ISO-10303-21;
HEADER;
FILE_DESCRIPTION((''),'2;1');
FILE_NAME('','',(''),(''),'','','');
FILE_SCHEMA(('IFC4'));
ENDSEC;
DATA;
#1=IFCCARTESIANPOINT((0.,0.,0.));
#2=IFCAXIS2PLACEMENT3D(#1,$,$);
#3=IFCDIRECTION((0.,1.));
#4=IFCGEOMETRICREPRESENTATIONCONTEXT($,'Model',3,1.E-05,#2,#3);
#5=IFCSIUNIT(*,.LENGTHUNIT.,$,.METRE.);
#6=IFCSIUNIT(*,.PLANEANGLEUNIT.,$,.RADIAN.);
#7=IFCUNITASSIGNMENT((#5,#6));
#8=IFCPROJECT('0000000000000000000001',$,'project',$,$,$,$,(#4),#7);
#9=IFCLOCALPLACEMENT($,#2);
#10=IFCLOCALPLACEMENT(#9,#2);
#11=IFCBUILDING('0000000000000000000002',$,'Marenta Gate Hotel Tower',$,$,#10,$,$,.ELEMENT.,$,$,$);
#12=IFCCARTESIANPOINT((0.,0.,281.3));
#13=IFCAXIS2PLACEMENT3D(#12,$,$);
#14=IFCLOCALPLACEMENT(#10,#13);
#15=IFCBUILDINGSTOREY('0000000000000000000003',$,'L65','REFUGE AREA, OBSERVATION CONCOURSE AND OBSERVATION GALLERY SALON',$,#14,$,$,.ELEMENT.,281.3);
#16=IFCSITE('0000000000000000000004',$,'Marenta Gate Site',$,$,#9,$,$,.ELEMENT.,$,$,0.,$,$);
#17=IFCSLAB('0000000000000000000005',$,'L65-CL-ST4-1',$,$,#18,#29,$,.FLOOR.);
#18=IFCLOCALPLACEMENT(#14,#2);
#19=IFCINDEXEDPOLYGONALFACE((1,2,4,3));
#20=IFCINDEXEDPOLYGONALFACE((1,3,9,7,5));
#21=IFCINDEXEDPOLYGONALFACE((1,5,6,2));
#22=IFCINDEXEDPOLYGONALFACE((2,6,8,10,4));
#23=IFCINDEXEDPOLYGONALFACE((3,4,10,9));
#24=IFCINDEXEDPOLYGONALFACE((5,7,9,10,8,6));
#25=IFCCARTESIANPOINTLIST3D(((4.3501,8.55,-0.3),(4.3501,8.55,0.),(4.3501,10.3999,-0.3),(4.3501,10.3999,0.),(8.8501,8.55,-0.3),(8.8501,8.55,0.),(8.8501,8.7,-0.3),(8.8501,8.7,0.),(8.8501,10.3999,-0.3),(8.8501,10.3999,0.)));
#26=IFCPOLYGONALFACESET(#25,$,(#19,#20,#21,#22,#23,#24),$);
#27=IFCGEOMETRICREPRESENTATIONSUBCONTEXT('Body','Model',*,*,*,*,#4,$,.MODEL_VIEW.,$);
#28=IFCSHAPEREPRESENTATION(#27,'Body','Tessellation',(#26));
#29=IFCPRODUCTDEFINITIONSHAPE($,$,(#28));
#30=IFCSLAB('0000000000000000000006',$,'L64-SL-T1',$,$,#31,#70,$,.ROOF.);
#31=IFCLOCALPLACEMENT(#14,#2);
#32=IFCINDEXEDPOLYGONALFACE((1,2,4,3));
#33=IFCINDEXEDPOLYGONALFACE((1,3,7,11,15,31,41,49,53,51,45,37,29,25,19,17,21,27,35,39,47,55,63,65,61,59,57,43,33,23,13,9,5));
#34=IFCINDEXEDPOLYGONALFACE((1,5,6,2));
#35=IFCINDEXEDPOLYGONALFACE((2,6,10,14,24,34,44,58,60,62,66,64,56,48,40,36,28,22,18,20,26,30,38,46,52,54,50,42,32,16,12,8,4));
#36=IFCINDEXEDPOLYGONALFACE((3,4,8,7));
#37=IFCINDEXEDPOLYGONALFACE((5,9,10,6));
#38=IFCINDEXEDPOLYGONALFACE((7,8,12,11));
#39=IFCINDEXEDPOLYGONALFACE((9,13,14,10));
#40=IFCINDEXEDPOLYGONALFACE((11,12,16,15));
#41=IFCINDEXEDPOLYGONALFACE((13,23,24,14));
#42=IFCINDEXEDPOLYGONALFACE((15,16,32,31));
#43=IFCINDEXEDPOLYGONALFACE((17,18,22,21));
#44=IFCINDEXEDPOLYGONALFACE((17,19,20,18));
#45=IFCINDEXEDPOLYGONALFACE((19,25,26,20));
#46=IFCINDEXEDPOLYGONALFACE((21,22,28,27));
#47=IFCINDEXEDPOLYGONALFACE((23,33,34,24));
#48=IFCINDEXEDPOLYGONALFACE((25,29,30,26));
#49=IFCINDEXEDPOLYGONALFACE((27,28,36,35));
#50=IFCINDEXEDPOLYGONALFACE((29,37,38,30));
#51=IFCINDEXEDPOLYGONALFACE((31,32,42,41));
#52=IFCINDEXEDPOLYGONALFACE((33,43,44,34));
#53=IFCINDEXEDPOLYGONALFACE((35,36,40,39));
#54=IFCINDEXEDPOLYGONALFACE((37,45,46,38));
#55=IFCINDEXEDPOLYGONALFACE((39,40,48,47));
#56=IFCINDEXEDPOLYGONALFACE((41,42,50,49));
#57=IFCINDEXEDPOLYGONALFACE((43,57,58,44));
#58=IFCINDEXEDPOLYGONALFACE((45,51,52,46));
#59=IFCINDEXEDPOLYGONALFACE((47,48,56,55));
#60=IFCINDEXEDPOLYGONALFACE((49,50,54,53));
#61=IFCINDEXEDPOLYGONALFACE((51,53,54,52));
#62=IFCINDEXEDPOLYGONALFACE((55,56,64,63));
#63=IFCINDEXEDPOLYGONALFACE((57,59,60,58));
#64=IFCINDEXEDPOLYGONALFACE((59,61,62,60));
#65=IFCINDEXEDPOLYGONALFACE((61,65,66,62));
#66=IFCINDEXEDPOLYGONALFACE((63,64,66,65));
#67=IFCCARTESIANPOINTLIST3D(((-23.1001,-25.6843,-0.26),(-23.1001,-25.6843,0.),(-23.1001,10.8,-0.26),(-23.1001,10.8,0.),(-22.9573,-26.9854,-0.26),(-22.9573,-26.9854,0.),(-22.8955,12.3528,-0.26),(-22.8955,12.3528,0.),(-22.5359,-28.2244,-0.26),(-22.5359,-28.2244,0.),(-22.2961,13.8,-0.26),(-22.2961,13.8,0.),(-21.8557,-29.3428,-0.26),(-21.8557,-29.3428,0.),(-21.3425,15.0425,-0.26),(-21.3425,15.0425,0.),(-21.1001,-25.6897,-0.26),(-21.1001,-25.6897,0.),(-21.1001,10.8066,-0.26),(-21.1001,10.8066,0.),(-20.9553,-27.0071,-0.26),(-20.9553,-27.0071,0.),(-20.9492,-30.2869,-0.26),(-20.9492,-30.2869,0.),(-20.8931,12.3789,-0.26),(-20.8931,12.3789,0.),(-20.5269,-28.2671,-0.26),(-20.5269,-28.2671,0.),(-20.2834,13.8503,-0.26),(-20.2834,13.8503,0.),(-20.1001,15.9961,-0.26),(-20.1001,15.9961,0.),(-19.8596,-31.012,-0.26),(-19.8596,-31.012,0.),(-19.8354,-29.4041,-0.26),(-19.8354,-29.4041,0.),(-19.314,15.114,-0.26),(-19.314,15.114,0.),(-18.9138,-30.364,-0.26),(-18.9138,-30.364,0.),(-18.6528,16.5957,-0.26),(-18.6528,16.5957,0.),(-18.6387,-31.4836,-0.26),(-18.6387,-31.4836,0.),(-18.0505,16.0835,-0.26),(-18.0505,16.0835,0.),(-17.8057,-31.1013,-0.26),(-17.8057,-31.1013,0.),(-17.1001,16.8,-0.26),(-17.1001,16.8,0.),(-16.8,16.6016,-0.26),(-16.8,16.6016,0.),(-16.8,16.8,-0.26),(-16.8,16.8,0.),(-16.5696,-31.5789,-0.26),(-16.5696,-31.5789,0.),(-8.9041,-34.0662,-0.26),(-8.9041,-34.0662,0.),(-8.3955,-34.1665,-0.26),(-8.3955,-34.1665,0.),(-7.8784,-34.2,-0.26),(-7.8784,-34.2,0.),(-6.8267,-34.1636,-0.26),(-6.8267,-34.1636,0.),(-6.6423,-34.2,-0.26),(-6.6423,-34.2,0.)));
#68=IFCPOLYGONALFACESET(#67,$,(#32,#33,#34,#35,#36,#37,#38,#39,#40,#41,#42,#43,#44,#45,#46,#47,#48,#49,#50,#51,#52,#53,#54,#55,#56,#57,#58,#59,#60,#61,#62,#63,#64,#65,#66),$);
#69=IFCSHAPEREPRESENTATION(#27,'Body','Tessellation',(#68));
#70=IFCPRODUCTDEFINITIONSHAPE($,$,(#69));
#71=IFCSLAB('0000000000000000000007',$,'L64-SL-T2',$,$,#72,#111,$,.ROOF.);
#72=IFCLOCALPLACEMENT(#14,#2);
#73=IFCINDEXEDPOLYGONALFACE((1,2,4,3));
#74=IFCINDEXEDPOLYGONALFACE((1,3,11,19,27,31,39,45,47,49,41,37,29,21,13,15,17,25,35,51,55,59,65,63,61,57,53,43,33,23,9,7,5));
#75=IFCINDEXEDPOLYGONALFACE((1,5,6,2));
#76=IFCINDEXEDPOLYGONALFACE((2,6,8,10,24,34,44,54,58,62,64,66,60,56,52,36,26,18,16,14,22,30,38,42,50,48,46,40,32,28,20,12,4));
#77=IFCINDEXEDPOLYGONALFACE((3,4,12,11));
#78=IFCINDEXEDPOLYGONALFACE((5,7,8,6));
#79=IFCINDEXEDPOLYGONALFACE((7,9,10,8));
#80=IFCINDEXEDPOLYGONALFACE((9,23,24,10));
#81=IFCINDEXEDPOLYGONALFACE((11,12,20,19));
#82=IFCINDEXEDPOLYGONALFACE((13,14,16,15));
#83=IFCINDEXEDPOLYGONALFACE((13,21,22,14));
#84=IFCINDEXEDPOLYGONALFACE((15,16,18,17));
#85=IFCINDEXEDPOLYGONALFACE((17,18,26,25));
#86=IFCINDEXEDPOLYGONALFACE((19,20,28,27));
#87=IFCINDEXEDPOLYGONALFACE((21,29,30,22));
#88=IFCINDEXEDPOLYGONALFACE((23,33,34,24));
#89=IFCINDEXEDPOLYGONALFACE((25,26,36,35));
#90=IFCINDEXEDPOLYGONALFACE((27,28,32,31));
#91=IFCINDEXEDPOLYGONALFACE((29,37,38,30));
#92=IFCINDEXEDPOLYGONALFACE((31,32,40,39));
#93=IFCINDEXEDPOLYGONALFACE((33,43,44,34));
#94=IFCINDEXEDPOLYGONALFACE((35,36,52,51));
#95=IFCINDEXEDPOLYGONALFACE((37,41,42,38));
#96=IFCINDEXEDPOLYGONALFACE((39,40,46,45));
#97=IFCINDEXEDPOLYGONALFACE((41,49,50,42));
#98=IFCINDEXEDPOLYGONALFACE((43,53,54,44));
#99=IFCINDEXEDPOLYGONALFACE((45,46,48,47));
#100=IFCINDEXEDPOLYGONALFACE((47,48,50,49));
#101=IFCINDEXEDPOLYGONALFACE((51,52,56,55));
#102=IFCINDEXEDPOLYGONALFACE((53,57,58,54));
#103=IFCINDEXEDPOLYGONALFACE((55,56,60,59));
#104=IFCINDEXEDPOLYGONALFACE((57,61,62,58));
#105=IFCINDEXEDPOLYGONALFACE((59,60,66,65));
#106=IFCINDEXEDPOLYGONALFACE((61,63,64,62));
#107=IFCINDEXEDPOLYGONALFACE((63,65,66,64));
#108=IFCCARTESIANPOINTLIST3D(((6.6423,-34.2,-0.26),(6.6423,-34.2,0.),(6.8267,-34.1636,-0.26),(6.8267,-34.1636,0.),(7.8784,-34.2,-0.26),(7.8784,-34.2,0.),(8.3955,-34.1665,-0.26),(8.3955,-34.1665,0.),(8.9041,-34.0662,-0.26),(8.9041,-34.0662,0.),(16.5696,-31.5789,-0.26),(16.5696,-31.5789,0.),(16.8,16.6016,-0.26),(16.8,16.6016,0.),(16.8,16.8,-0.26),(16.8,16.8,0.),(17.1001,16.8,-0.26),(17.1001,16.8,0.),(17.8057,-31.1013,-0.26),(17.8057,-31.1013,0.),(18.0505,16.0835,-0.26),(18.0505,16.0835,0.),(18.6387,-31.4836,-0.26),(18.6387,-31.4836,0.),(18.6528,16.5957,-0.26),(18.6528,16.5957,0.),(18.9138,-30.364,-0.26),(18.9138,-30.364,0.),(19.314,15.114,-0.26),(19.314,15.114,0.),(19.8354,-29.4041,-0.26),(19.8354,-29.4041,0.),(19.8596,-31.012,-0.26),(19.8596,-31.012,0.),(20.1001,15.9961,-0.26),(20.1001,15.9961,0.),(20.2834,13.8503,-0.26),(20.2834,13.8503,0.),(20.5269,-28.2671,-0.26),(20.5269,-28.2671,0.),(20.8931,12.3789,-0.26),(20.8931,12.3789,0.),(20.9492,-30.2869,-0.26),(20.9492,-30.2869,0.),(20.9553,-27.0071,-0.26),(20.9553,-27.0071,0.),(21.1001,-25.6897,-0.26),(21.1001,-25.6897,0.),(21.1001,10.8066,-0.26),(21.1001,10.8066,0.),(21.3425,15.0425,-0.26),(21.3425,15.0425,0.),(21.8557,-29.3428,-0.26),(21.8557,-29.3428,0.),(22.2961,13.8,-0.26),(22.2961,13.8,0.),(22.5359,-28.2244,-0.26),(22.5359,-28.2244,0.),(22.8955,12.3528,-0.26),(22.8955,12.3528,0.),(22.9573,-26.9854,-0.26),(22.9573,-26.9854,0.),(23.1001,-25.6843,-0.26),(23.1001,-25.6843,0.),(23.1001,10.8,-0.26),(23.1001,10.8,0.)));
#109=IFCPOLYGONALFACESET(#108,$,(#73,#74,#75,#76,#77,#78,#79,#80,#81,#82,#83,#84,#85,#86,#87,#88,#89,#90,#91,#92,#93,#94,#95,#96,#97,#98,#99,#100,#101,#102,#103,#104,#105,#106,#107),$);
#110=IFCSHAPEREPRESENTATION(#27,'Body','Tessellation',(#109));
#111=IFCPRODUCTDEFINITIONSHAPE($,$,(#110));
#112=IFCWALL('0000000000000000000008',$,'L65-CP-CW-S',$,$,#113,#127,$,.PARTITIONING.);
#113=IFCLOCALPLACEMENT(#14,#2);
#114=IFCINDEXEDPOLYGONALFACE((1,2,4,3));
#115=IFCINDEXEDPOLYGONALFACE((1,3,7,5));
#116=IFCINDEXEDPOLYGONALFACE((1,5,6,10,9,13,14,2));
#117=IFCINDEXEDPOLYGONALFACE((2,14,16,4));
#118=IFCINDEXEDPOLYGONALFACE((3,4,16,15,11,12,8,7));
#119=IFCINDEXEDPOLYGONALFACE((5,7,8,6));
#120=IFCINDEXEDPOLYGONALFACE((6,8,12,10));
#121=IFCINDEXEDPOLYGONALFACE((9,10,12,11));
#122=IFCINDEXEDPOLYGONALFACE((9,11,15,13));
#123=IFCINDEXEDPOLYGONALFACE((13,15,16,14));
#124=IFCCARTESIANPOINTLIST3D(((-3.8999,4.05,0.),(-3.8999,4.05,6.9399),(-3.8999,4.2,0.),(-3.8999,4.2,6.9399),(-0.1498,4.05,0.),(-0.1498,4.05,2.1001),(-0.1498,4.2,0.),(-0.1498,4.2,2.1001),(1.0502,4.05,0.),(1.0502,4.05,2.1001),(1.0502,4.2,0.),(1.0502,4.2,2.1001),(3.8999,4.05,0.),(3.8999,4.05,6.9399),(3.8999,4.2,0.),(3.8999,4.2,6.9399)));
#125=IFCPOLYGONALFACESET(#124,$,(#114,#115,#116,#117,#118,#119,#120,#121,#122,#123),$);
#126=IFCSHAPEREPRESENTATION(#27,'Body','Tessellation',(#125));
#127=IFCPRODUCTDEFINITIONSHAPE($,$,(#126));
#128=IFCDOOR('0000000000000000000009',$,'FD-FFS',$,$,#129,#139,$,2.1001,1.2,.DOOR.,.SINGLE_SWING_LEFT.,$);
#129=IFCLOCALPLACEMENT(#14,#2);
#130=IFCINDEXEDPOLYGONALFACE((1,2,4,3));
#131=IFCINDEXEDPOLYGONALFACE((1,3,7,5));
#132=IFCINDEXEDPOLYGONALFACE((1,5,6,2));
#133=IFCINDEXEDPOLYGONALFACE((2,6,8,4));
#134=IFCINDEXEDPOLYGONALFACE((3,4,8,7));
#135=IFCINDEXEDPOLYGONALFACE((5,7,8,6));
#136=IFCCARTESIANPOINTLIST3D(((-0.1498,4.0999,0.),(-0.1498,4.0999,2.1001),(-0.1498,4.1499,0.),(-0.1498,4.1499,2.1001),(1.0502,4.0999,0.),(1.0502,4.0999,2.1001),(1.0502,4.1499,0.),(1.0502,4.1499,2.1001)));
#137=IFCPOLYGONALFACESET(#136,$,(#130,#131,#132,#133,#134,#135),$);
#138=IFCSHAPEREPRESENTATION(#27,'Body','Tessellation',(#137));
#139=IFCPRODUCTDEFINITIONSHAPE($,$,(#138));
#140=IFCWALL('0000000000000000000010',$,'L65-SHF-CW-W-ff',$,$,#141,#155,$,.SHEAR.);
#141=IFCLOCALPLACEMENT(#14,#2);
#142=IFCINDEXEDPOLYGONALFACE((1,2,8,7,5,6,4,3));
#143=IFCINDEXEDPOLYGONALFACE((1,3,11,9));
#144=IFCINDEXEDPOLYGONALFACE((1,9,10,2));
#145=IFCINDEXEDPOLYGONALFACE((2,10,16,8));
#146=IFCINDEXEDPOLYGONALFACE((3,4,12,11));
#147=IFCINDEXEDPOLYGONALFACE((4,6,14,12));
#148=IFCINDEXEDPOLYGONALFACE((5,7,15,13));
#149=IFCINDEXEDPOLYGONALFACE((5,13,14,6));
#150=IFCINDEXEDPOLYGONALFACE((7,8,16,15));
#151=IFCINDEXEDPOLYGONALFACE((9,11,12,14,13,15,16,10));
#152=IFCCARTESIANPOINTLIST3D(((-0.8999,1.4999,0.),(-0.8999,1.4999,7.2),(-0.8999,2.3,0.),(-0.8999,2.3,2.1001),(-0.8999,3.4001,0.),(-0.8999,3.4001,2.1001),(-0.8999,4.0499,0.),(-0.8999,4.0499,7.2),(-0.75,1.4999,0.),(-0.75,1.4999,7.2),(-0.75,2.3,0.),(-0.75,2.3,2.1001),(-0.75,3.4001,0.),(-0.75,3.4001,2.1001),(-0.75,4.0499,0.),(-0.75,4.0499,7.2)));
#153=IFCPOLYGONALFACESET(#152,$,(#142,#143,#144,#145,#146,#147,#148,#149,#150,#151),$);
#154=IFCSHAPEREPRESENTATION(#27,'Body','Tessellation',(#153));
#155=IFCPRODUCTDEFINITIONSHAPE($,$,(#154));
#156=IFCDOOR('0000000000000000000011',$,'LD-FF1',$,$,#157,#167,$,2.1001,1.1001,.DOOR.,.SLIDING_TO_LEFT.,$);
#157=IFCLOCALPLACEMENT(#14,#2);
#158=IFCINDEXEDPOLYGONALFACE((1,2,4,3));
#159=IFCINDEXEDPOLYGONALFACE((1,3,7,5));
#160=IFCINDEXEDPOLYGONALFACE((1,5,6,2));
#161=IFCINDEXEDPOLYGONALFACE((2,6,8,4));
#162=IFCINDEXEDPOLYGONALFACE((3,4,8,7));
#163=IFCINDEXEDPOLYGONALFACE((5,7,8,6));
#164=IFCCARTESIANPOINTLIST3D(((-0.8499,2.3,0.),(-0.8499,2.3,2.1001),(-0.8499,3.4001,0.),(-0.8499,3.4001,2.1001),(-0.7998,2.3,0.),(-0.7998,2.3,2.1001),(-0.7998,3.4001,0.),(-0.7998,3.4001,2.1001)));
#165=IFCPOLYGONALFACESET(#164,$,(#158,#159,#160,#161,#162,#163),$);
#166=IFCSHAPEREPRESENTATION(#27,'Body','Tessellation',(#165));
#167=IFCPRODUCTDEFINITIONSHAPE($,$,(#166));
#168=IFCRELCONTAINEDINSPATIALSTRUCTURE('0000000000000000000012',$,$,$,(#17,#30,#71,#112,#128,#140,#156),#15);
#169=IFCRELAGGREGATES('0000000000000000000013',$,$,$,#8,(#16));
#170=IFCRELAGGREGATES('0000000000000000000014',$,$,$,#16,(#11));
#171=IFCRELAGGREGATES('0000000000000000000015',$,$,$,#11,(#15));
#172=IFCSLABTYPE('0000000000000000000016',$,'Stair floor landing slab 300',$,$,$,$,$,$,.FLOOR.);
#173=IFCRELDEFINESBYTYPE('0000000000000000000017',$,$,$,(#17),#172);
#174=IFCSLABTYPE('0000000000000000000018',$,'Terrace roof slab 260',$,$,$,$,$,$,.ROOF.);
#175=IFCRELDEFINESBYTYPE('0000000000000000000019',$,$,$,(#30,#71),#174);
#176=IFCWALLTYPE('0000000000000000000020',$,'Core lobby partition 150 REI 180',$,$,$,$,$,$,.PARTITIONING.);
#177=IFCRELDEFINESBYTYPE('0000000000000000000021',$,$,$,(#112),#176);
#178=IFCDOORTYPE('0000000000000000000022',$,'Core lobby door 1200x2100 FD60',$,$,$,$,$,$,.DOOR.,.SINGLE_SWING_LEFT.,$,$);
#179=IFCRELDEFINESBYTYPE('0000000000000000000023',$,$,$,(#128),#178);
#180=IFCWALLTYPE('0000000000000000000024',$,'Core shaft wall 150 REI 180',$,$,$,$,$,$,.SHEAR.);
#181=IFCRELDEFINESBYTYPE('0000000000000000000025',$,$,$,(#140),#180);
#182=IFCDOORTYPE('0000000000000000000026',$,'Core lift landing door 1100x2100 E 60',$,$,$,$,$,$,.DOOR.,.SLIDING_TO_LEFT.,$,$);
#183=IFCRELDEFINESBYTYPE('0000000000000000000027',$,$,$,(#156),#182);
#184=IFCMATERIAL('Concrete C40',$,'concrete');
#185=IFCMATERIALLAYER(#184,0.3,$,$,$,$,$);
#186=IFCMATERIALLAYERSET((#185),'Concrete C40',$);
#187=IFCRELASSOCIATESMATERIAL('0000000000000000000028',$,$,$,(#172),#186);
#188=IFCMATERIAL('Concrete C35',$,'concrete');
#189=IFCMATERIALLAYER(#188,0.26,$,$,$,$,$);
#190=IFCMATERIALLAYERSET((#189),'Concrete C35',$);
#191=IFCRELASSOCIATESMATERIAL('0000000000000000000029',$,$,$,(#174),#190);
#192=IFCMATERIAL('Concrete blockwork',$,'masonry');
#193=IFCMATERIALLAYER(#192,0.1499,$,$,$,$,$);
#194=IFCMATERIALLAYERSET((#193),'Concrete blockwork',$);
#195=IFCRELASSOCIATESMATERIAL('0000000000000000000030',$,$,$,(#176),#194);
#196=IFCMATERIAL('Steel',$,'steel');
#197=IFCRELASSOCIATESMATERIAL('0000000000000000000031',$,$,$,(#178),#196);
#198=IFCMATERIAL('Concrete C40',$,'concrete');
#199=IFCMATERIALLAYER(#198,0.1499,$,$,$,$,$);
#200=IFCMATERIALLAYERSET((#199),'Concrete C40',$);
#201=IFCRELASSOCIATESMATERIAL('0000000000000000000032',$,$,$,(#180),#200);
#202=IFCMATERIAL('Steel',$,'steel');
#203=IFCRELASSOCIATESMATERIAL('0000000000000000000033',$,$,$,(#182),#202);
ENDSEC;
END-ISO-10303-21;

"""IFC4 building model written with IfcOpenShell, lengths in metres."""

from ifc_helpers import new_model, si_unit, direction, frame, frame_2d, origin, place, context, subcontext, project, spatial, polyline, rectangle, outline, extrude, material, layer, layer_set, type_object, element, fill, save


model = new_model("IFC4")

# Units and contexts
model_context = context("Model", 3, precision=1e-05, world=origin(), true_north=direction((0.0, 1.0)))
body_context = subcontext(model_context, "Body", "Model", "MODEL_VIEW")
ifc_project = project(units=[si_unit("LENGTHUNIT", "METRE"), si_unit("PLANEANGLEUNIT", "RADIAN")], contexts=[model_context])

# Site, building, storey
site_placement = place(None, origin())
site = spatial("IfcSite", under=ifc_project, at=site_placement, Name="Marenta Gate Site", CompositionType="ELEMENT", RefElevation=0.0)
building_placement = place(site_placement, origin())
building = spatial("IfcBuilding", under=site, at=building_placement, Name="Marenta Gate Hotel Tower", CompositionType="ELEMENT")
storey_placement = place(building_placement, frame((0.0, 0.0, 281.3)))
storey = spatial("IfcBuildingStorey", under=building, at=storey_placement, Name="L65", Description="REFUGE AREA, OBSERVATION CONCOURSE AND OBSERVATION GALLERY SALON", CompositionType="ELEMENT", Elevation=281.3)

# Slabs
ifc_material_1 = material(Name="Concrete C40", Category="concrete")
ifc_layer_1 = layer(ifc_material_1, 0.3)
ifc_layer_set_1 = layer_set([ifc_layer_1], Name="Concrete C40")
slab_type_1 = type_object("IfcSlabType", Name="Stair floor landing slab 300", PredefinedType="FLOOR", material=ifc_layer_set_1)
slab_1_placement = place(storey_placement, frame((0.0, 0.0, -0.3)))
element("IfcSlab", 1, at=slab_1_placement, inside=storey, type_object=slab_type_1, Name="L65-CL-ST4-1", PredefinedType="FLOOR", context=body_context, shape_type="SweptSolid", body=[
    extrude(outline(polyline([(4.3501, 8.55), (4.3501, 10.3999), (8.8501, 10.3999), (8.8501, 8.7), (8.8501, 8.55), (4.3501, 8.55)])), origin(), (0.0, 0.0, 1.0), 0.3),
])
ifc_material_2 = material(Name="Concrete C35", Category="concrete")
ifc_layer_2 = layer(ifc_material_2, 0.26)
ifc_layer_set_2 = layer_set([ifc_layer_2], Name="Concrete C35")
slab_type_2 = type_object("IfcSlabType", Name="Terrace roof slab 260", PredefinedType="ROOF", material=ifc_layer_set_2)
slab_2_placement = place(storey_placement, frame((0.0, 0.0, -0.26)))
element("IfcSlab", 2, at=slab_2_placement, inside=storey, type_object=slab_type_2, Name="L64-SL-T1", PredefinedType="ROOF", context=body_context, shape_type="SweptSolid", body=[
    extrude(outline(polyline([(-18.6387, -31.4836), (-19.8596, -31.012), (-20.9492, -30.2869), (-21.8557, -29.3428), (-22.5359, -28.2244), (-22.9573, -26.9854), (-23.1001, -25.6843), (-23.1001, 10.8), (-22.8955, 12.3528), (-22.2961, 13.8), (-21.3425, 15.0425), (-20.1001, 15.9961), (-18.6528, 16.5957), (-17.1001, 16.8), (-16.8, 16.8), (-16.8, 16.6016), (-18.0505, 16.0835), (-19.314, 15.114), (-20.2834, 13.8503), (-20.8931, 12.3789), (-21.1001, 10.8066), (-21.1001, -25.6897), (-20.9553, -27.0071), (-20.5269, -28.2671), (-19.8354, -29.4041), (-18.9138, -30.364), (-17.8057, -31.1013), (-16.5696, -31.5789), (-6.8267, -34.1636), (-6.6423, -34.2), (-7.8784, -34.2), (-8.3955, -34.1665), (-8.9041, -34.0662), (-18.6387, -31.4836)])), origin(), (0.0, 0.0, 1.0), 0.26),
])
slab_3_placement = place(storey_placement, frame((0.0, 0.0, -0.26)))
element("IfcSlab", 3, at=slab_3_placement, inside=storey, type_object=slab_type_2, Name="L64-SL-T2", PredefinedType="ROOF", context=body_context, shape_type="SweptSolid", body=[
    extrude(outline(polyline([(21.3425, 15.0425), (22.2961, 13.8), (22.8955, 12.3528), (23.1001, 10.8), (23.1001, -25.6843), (22.9573, -26.9854), (22.5359, -28.2244), (21.8557, -29.3428), (20.9492, -30.2869), (19.8596, -31.012), (18.6387, -31.4836), (8.9041, -34.0662), (8.3955, -34.1665), (7.8784, -34.2), (6.6423, -34.2), (6.8267, -34.1636), (16.5696, -31.5789), (17.8057, -31.1013), (18.9138, -30.364), (19.8354, -29.4041), (20.5269, -28.2671), (20.9553, -27.0071), (21.1001, -25.6897), (21.1001, 10.8066), (20.8931, 12.3789), (20.2834, 13.8503), (19.314, 15.114), (18.0505, 16.0835), (16.8, 16.6016), (16.8, 16.8), (17.1001, 16.8), (18.6528, 16.5957), (20.1001, 15.9961), (21.3425, 15.0425)])), origin(), (0.0, 0.0, 1.0), 0.26),
])

# Walls, openings, doors
ifc_material_3 = material(Name="Concrete blockwork", Category="masonry")
ifc_layer_3 = layer(ifc_material_3, 0.1499)
ifc_layer_set_3 = layer_set([ifc_layer_3], Name="Concrete blockwork")
wall_type_1 = type_object("IfcWallType", Name="Core lobby partition 150 REI 180", PredefinedType="PARTITIONING", material=ifc_layer_set_3)
wall_1_placement = place(storey_placement, frame((-3.8999, 4.125, 0.0), z_axis=(0.0, 0.0, 1.0), x_axis=(1.0, 0.0, 0.0)))
wall_1 = element("IfcWall", 4, at=wall_1_placement, inside=storey, type_object=wall_type_1, Name="L65-CP-CW-S", PredefinedType="PARTITIONING", context=body_context, shape_type="SweptSolid", body=[
    extrude(rectangle(XDim=7.7998, YDim=0.1499, at=frame_2d((3.8999, 0.0))), origin(), (0.0, 0.0, 1.0), 6.9399),
])
opening_1_placement = place(wall_1_placement, frame((3.75, 0.0, 0.0)))
opening_1 = element("IfcOpeningElement", 5, at=opening_1_placement, cuts=wall_1, PredefinedType="OPENING", context=body_context, shape_type="SweptSolid", body=[
    extrude(rectangle(XDim=1.2, YDim=2.1001, at=frame_2d((0.6001, 1.05))), frame((0.0, 0.075, 0.0), z_axis=(0.0, -1.0, 0.0), x_axis=(1.0, 0.0, 0.0)), (0.0, 0.0, 1.0), 0.1499),
])
ifc_material_4 = material(Name="Steel", Category="steel")
door_type_1 = type_object("IfcDoorType", Name="Core lobby door 1200x2100 FD60", OperationType="SINGLE_SWING_LEFT", PredefinedType="DOOR", material=ifc_material_4)
door_1_placement = place(opening_1_placement, origin())
door_1 = element("IfcDoor", 6, at=door_1_placement, inside=storey, type_object=door_type_1, Name="FD-FFS", OperationType="SINGLE_SWING_LEFT", OverallHeight=2.1001, OverallWidth=1.2, PredefinedType="DOOR", context=body_context, shape_type="SweptSolid", body=[
    extrude(rectangle(XDim=1.2, YDim=2.1001, at=frame_2d((0.6001, 1.05))), frame((0.0, 0.0249, 0.0), z_axis=(0.0, -1.0, 0.0), x_axis=(1.0, 0.0, 0.0)), (0.0, 0.0, 1.0), 0.05),
])
fill(opening_1, door_1)
ifc_material_5 = material(Name="Concrete C40", Category="concrete")
ifc_layer_4 = layer(ifc_material_5, 0.1499)
ifc_layer_set_4 = layer_set([ifc_layer_4], Name="Concrete C40")
wall_type_2 = type_object("IfcWallType", Name="Core shaft wall 150 REI 180", PredefinedType="SHEAR", material=ifc_layer_set_4)
wall_2_placement = place(storey_placement, frame((-0.825, 1.5, 0.0), z_axis=(0.0, 0.0, 1.0), x_axis=(0.0, 1.0, 0.0)))
wall_2 = element("IfcWall", 7, at=wall_2_placement, inside=storey, type_object=wall_type_2, Name="L65-SHF-CW-W-ff", PredefinedType="SHEAR", context=body_context, shape_type="SweptSolid", body=[
    extrude(rectangle(XDim=2.55, YDim=0.1499, at=frame_2d((1.2749, 0.0))), origin(), (0.0, 0.0, 1.0), 7.2),
])
opening_2_placement = place(wall_2_placement, frame((0.8, 0.0, 0.0)))
opening_2 = element("IfcOpeningElement", 8, at=opening_2_placement, cuts=wall_2, PredefinedType="OPENING", context=body_context, shape_type="SweptSolid", body=[
    extrude(rectangle(XDim=1.1001, YDim=2.1001, at=frame_2d((0.55, 1.05))), frame((0.0, 0.075, 0.0), z_axis=(0.0, -1.0, 0.0), x_axis=(1.0, 0.0, 0.0)), (0.0, 0.0, 1.0), 0.1499),
])
ifc_material_6 = material(Name="Steel", Category="steel")
door_type_2 = type_object("IfcDoorType", Name="Core lift landing door 1100x2100 E 60", OperationType="SLIDING_TO_LEFT", PredefinedType="DOOR", material=ifc_material_6)
door_2_placement = place(opening_2_placement, origin())
door_2 = element("IfcDoor", 9, at=door_2_placement, inside=storey, type_object=door_type_2, Name="LD-FF1", OperationType="SLIDING_TO_LEFT", OverallHeight=2.1001, OverallWidth=1.1001, PredefinedType="DOOR", context=body_context, shape_type="SweptSolid", body=[
    extrude(rectangle(XDim=1.1001, YDim=2.1001, at=frame_2d((0.55, 1.05))), frame((0.0, 0.0249, 0.0), z_axis=(0.0, -1.0, 0.0), x_axis=(1.0, 0.0, 0.0)), (0.0, 0.0, 1.0), 0.05),
])
fill(opening_2, door_2)

save(model, "model.ifc")
